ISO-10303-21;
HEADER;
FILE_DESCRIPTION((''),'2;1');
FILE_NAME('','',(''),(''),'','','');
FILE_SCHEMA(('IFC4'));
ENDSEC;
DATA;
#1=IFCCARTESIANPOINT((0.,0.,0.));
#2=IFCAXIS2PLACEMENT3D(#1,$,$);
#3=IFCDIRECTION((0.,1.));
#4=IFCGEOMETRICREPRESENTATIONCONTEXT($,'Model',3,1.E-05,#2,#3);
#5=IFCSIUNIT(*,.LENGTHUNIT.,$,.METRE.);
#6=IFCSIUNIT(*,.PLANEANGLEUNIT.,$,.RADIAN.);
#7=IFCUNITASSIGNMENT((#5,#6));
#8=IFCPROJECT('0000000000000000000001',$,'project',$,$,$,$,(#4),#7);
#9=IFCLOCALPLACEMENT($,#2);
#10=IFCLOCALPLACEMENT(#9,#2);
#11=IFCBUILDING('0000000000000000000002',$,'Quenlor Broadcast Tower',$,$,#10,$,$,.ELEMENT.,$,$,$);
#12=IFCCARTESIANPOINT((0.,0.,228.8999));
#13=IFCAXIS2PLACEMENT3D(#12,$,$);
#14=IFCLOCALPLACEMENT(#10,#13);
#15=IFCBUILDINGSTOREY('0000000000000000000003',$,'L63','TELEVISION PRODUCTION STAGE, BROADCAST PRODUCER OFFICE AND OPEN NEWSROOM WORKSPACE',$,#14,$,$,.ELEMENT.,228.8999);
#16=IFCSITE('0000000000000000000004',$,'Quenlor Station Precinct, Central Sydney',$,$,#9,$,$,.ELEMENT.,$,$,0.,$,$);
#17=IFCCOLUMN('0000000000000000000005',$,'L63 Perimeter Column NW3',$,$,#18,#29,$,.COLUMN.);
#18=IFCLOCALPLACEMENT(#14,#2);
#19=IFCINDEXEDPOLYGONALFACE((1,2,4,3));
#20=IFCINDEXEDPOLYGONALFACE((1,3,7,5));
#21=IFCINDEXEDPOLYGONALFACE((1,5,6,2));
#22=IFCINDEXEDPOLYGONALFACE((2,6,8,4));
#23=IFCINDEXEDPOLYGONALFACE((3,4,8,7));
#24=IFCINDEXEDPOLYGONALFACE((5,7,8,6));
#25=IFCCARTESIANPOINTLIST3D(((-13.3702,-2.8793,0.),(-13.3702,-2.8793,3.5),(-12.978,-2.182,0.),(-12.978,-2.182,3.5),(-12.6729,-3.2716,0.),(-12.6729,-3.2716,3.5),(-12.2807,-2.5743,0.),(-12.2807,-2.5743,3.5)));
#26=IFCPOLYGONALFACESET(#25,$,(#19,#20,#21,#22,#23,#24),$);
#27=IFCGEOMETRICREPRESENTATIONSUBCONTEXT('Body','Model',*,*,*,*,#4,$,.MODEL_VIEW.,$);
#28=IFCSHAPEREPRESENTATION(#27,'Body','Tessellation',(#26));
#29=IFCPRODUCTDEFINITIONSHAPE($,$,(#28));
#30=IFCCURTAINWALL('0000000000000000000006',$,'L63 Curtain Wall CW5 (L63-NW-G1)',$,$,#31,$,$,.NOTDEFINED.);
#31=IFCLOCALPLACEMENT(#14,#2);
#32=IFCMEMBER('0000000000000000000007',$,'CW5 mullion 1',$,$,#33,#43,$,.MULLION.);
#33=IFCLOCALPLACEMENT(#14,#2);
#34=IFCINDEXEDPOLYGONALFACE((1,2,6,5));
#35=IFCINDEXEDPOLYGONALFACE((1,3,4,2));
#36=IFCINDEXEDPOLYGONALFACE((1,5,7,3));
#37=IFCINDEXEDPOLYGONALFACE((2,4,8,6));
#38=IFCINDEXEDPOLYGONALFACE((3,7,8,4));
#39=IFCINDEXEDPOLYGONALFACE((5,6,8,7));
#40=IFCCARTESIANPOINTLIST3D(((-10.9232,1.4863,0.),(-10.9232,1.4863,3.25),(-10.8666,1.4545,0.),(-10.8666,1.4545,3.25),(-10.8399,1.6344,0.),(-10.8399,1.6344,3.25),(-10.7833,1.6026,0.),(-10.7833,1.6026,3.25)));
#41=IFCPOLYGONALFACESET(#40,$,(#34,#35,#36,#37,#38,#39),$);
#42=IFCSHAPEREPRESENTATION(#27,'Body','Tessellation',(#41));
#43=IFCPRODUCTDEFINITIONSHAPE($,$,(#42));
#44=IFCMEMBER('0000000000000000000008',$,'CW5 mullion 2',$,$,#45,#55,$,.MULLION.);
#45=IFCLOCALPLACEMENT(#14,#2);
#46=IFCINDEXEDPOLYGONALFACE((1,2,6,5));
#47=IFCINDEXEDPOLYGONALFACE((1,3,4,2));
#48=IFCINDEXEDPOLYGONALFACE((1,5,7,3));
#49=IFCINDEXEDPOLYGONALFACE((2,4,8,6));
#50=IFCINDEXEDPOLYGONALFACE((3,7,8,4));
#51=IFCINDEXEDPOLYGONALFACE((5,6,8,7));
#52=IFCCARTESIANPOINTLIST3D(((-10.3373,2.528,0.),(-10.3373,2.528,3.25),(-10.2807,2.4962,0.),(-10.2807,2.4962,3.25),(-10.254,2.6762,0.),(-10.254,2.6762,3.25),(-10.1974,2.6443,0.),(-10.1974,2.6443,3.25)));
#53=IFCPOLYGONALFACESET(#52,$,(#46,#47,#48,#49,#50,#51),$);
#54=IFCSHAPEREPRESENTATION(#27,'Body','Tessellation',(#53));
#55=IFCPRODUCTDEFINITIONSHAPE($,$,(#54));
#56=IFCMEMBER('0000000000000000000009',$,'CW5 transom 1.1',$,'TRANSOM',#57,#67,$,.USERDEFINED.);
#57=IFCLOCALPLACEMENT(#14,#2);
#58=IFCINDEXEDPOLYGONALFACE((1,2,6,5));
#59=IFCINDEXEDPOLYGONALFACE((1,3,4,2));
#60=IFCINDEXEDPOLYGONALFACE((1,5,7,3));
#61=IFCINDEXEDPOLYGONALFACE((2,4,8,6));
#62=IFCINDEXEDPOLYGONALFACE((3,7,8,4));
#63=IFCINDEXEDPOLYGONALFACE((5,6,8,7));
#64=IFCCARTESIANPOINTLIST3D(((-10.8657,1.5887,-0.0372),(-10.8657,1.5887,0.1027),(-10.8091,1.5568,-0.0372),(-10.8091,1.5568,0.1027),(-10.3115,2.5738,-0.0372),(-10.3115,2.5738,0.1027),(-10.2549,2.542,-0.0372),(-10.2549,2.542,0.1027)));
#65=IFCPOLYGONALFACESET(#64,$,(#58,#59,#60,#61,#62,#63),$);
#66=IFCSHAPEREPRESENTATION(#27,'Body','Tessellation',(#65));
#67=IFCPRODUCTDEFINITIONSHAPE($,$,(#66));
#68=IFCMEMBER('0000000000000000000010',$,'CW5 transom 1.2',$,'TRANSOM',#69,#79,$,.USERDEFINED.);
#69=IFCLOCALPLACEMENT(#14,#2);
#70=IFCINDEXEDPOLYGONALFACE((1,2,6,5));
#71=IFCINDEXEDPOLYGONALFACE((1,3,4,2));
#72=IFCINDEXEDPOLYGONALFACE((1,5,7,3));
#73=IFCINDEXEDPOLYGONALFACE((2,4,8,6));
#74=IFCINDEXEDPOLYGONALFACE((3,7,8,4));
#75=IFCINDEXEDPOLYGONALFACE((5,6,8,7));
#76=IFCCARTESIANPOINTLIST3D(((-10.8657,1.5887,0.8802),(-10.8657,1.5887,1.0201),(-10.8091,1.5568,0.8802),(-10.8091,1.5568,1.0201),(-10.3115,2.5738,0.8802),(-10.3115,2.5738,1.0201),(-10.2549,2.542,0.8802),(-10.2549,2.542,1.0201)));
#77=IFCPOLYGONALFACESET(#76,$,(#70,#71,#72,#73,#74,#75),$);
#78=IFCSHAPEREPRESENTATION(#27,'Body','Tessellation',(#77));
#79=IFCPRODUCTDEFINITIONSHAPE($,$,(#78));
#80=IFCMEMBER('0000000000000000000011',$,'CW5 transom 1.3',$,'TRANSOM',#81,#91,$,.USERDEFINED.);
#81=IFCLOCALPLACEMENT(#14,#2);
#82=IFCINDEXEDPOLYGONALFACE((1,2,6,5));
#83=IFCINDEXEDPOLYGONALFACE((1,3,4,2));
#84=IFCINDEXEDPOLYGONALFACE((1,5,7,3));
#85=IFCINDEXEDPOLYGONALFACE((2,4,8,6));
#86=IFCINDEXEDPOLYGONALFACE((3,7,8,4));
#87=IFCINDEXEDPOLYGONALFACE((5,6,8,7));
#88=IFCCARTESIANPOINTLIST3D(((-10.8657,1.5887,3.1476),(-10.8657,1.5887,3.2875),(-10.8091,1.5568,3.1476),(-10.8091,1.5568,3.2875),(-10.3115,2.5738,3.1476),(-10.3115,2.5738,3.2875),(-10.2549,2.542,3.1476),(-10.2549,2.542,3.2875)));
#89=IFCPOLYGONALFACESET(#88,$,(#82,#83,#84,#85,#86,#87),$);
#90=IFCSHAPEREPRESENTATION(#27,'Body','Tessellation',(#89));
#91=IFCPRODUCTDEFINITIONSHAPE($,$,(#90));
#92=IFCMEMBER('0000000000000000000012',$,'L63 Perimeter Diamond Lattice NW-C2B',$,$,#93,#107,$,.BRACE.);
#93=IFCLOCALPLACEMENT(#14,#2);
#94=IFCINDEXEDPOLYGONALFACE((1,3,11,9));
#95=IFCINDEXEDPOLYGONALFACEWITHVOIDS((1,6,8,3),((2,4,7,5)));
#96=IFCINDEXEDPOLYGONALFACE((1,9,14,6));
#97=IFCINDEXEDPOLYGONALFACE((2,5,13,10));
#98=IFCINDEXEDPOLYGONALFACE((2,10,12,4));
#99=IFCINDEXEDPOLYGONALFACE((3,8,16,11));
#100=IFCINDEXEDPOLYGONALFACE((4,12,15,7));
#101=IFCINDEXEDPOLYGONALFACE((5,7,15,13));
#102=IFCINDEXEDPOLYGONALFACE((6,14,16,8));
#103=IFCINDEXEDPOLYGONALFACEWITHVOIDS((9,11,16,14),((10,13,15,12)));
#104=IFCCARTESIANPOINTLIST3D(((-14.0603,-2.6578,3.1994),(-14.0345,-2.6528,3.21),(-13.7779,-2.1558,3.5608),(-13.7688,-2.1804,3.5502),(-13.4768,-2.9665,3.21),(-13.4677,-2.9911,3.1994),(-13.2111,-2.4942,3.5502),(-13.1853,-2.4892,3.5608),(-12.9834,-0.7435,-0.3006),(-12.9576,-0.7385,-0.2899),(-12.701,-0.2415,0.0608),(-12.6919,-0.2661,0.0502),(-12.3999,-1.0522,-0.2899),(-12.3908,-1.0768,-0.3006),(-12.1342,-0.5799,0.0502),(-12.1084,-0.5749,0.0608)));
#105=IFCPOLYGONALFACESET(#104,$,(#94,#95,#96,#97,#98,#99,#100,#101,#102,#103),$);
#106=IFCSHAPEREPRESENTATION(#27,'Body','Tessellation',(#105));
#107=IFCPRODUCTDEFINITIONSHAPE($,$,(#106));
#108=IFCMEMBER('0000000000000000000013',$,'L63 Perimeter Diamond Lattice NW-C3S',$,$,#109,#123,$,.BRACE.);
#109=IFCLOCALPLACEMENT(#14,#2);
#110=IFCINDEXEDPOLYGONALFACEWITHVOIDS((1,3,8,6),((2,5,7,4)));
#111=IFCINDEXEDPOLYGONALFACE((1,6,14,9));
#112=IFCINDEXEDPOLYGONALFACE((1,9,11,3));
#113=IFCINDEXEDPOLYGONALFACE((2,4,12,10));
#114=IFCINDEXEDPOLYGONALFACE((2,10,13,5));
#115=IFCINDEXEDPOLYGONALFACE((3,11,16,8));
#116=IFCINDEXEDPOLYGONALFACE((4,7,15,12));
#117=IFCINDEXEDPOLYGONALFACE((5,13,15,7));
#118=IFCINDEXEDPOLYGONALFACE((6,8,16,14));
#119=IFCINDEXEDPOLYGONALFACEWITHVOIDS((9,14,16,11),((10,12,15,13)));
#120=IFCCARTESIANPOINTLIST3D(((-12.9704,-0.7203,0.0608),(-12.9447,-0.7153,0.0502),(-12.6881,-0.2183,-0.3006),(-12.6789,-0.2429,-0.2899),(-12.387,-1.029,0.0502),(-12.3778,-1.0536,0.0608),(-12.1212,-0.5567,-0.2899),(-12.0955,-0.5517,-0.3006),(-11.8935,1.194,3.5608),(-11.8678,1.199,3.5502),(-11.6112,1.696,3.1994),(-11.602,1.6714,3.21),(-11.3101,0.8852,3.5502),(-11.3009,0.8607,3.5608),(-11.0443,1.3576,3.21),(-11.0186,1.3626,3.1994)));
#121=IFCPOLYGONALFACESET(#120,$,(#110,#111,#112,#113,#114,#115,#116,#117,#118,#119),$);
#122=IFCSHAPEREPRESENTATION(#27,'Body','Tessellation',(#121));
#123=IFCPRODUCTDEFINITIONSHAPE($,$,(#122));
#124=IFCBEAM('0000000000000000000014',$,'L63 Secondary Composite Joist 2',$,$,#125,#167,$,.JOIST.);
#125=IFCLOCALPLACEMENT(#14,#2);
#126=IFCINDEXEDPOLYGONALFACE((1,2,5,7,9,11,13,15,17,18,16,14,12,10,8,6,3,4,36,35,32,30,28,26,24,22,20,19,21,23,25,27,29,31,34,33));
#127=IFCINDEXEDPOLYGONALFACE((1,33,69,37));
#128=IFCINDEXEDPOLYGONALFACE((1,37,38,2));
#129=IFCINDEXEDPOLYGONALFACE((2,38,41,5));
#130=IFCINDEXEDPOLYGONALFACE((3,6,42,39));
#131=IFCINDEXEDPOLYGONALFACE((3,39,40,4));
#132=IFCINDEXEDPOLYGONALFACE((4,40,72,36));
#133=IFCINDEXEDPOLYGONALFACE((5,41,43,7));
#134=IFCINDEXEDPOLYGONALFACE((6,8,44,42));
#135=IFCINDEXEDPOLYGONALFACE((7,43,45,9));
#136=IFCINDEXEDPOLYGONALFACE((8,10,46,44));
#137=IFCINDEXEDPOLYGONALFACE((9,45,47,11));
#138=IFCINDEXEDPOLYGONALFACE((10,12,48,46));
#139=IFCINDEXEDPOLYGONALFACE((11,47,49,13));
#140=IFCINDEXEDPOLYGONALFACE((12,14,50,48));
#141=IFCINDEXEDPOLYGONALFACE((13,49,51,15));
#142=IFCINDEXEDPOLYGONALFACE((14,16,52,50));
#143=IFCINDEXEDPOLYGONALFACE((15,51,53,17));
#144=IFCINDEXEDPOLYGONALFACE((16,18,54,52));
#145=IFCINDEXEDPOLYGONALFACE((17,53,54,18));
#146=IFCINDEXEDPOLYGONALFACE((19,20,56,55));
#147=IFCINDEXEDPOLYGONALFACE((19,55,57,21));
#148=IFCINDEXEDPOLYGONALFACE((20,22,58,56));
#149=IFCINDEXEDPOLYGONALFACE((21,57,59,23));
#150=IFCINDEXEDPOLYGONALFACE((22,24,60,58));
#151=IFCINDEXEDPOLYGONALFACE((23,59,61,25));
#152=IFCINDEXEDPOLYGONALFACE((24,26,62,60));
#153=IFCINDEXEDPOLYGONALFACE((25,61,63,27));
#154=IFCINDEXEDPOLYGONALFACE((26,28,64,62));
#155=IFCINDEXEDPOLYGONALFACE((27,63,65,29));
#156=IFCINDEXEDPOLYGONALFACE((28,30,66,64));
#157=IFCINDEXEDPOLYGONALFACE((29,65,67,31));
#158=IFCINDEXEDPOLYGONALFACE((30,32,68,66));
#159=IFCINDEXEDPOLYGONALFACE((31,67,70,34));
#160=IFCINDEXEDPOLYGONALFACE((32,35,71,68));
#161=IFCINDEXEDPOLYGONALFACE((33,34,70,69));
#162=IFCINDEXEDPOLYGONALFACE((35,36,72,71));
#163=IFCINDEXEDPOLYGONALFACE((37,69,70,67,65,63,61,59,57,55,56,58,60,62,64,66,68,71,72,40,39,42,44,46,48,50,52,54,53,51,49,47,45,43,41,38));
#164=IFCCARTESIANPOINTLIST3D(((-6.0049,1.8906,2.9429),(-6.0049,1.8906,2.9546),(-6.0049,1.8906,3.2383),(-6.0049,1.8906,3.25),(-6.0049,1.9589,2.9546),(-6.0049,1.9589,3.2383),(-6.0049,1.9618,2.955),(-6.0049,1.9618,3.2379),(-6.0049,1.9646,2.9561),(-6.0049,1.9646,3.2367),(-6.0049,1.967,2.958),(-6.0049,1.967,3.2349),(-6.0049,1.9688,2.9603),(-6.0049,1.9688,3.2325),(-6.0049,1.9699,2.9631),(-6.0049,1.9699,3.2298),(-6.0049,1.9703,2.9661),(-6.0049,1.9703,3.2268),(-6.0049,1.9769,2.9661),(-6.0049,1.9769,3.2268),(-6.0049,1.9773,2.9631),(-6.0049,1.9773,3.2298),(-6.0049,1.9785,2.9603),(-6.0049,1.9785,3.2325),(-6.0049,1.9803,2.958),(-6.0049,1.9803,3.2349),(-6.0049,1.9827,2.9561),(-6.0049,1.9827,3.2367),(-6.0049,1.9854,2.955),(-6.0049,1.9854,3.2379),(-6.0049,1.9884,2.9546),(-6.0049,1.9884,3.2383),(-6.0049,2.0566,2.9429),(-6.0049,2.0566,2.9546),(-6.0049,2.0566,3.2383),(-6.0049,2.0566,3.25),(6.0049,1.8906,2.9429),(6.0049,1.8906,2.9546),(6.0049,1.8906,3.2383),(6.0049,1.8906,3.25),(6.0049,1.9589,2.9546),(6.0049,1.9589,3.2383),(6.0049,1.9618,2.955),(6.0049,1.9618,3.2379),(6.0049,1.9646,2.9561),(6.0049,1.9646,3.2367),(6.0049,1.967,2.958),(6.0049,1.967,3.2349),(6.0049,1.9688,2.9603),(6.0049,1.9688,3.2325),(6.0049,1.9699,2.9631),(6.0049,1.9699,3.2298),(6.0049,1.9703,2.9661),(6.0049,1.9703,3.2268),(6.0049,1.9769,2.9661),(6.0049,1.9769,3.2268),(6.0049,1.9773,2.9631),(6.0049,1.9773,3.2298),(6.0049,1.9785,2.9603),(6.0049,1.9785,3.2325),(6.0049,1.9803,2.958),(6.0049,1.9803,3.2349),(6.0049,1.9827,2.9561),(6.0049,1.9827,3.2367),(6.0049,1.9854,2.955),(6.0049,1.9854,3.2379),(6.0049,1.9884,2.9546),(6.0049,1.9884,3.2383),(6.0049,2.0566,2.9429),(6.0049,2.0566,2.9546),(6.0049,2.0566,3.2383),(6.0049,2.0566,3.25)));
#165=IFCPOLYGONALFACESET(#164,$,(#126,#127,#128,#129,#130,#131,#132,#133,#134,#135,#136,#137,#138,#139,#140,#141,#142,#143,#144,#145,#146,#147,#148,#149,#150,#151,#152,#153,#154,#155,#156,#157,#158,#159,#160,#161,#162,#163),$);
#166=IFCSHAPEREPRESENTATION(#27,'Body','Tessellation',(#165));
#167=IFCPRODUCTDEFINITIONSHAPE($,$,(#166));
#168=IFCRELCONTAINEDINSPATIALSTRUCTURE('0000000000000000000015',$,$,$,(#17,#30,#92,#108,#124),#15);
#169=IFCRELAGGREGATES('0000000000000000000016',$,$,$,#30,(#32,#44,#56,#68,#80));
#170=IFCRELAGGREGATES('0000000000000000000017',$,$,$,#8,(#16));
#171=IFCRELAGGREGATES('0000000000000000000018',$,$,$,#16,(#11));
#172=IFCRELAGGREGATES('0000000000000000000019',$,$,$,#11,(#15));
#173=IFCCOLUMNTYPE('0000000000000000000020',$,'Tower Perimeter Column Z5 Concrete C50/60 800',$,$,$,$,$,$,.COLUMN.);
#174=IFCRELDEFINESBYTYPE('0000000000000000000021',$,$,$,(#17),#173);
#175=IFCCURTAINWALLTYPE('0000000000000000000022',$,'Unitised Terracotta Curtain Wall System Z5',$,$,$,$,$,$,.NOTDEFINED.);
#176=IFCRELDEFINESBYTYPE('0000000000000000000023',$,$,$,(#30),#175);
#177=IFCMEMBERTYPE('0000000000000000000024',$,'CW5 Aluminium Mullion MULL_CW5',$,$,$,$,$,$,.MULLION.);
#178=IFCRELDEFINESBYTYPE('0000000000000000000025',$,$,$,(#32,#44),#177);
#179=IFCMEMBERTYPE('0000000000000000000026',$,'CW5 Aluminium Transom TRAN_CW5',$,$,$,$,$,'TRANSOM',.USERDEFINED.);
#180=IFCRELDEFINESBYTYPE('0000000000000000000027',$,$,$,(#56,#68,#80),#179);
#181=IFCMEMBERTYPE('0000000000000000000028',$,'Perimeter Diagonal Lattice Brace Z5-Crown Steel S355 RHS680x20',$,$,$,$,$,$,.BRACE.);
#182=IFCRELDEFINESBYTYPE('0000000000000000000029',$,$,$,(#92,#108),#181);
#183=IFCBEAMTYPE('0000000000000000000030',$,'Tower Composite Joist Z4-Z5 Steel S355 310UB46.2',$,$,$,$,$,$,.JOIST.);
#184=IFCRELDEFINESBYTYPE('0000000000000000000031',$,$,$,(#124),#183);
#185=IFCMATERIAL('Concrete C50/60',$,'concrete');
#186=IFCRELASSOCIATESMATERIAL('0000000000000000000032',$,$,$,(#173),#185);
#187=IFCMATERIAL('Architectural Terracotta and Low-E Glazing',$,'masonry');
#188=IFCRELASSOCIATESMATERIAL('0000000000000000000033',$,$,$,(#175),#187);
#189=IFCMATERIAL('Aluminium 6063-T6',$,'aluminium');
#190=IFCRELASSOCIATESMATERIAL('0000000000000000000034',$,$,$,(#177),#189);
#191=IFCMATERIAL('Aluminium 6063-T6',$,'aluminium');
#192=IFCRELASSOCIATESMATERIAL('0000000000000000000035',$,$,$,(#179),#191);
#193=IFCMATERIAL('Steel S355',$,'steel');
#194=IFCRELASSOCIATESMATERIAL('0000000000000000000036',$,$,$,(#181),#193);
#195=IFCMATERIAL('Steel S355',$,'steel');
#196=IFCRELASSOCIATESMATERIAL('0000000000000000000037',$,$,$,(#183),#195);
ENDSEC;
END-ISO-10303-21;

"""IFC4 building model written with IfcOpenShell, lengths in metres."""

from ifc_helpers import new_model, si_unit, direction, frame, origin, origin_2d, place, context, subcontext, project, spatial, rectangle, hollow_rectangle, i_section, extrude, material, material_profile, profile_set, type_object, element, aggregate, save


model = new_model("IFC4")

# Units and contexts
model_context = context("Model", 3, precision=1e-05, world=origin(), true_north=direction((0.0, 1.0)))
body_context = subcontext(model_context, "Body", "Model", "MODEL_VIEW")
ifc_project = project(units=[si_unit("LENGTHUNIT", "METRE"), si_unit("PLANEANGLEUNIT", "RADIAN")], contexts=[model_context])

# Site, building, storey
site_placement = place(None, origin())
site = spatial("IfcSite", under=ifc_project, at=site_placement, Name="Quenlor Station Precinct, Central Sydney", CompositionType="ELEMENT", RefElevation=0.0)
building_placement = place(site_placement, origin())
building = spatial("IfcBuilding", under=site, at=building_placement, Name="Quenlor Broadcast Tower", CompositionType="ELEMENT")
storey_placement = place(building_placement, frame((0.0, 0.0, 228.8999)))
storey = spatial("IfcBuildingStorey", under=building, at=storey_placement, Name="L63", Description="TELEVISION PRODUCTION STAGE, BROADCAST PRODUCER OFFICE AND OPEN NEWSROOM WORKSPACE", CompositionType="ELEMENT", Elevation=228.8999)

# Column
ifc_material_1 = material(Name="Concrete C50/60", Category="concrete")
ifc_material_profile_1 = material_profile(ifc_material_1, rectangle(XDim=0.8, YDim=0.8, at=origin_2d()))
ifc_profile_set_1 = profile_set([ifc_material_profile_1], Name="Concrete C50/60 RC800x800")
column_type = type_object("IfcColumnType", Name="Tower Perimeter Column Z5 Concrete C50/60 800", PredefinedType="COLUMN", material=ifc_profile_set_1)
column_placement = place(storey_placement, frame((-12.8254, -2.7268, 0.0), z_axis=(0.0, 0.0, 1.0), x_axis=(-0.871575, 0.490262, 0.0)))
element("IfcColumn", 1, at=column_placement, inside=storey, type_object=column_type, Name="L63 Perimeter Column NW3", PredefinedType="COLUMN", context=body_context, shape_type="SweptSolid", body=[
    extrude(rectangle(XDim=0.8, YDim=0.8, at=origin_2d()), origin(), (0.0, 0.0, 1.0), 3.5),
])

# Curtain wall, members
ifc_material_2 = material(Name="Architectural Terracotta and Low-E Glazing", Category="masonry")
curtain_wall_type = type_object("IfcCurtainWallType", Name="Unitised Terracotta Curtain Wall System Z5", PredefinedType="NOTDEFINED", material=ifc_material_2)
curtain_wall_placement = place(storey_placement, origin())
curtain_wall = element("IfcCurtainWall", 2, at=curtain_wall_placement, inside=storey, type_object=curtain_wall_type, Name="L63 Curtain Wall CW5 (L63-NW-G1)", PredefinedType="NOTDEFINED")
ifc_material_3 = material(Name="Aluminium 6063-T6", Category="aluminium")
ifc_material_profile_2 = material_profile(ifc_material_3, rectangle(XDim=0.0649, YDim=0.1699, at=origin_2d()))
ifc_profile_set_2 = profile_set([ifc_material_profile_2], Name="Aluminium 6063-T6 MULL65x170")
member_type_1 = type_object("IfcMemberType", Name="CW5 Aluminium Mullion MULL_CW5", PredefinedType="MULLION", material=ifc_profile_set_2)
member_1_placement = place(storey_placement, frame((-10.8533, 1.5444, 0.0), z_axis=(0.0, 0.0, 1.0), x_axis=(-0.871592, 0.490231, 0.0)))
member_1 = element("IfcMember", 3, at=member_1_placement, type_object=member_type_1, Name="CW5 mullion 1", PredefinedType="MULLION", context=body_context, shape_type="SweptSolid", body=[
    extrude(rectangle(XDim=0.0649, YDim=0.1699, at=origin_2d()), origin(), (0.0, 0.0, 1.0), 3.25),
])
member_2_placement = place(storey_placement, frame((-10.2673, 2.5862, 0.0), z_axis=(0.0, 0.0, 1.0), x_axis=(-0.871592, 0.490231, 0.0)))
member_2 = element("IfcMember", 4, at=member_2_placement, type_object=member_type_1, Name="CW5 mullion 2", PredefinedType="MULLION", context=body_context, shape_type="SweptSolid", body=[
    extrude(rectangle(XDim=0.0649, YDim=0.1699, at=origin_2d()), origin(), (0.0, 0.0, 1.0), 3.25),
])
ifc_material_4 = material(Name="Aluminium 6063-T6", Category="aluminium")
ifc_material_profile_3 = material_profile(ifc_material_4, rectangle(XDim=0.0649, YDim=0.1399, at=origin_2d()))
ifc_profile_set_3 = profile_set([ifc_material_profile_3], Name="Aluminium 6063-T6 TRAN65x140")
member_type_2 = type_object("IfcMemberType", Name="CW5 Aluminium Transom TRAN_CW5", ElementType="TRANSOM", PredefinedType="USERDEFINED", material=ifc_profile_set_3)
member_3_placement = place(storey_placement, frame((-10.8374, 1.5728, 0.0327), z_axis=(0.490313, 0.871547, 0.0), x_axis=(-0.871547, 0.490313, 0.0)))
member_3 = element("IfcMember", 5, at=member_3_placement, type_object=member_type_2, Name="CW5 transom 1.1", ObjectType="TRANSOM", PredefinedType="USERDEFINED", context=body_context, shape_type="SweptSolid", body=[
    extrude(rectangle(XDim=0.0649, YDim=0.1399, at=origin_2d()), origin(), (0.0, 0.0, 1.0), 1.1304),
])
member_4_placement = place(storey_placement, frame((-10.8374, 1.5728, 0.9502), z_axis=(0.490313, 0.871547, 0.0), x_axis=(-0.871547, 0.490313, 0.0)))
member_4 = element("IfcMember", 6, at=member_4_placement, type_object=member_type_2, Name="CW5 transom 1.2", ObjectType="TRANSOM", PredefinedType="USERDEFINED", context=body_context, shape_type="SweptSolid", body=[
    extrude(rectangle(XDim=0.0649, YDim=0.1399, at=origin_2d()), origin(), (0.0, 0.0, 1.0), 1.1304),
])
member_5_placement = place(storey_placement, frame((-10.8374, 1.5728, 3.2175), z_axis=(0.490313, 0.871547, 0.0), x_axis=(-0.871547, 0.490313, 0.0)))
member_5 = element("IfcMember", 7, at=member_5_placement, type_object=member_type_2, Name="CW5 transom 1.3", ObjectType="TRANSOM", PredefinedType="USERDEFINED", context=body_context, shape_type="SweptSolid", body=[
    extrude(rectangle(XDim=0.0649, YDim=0.1399, at=origin_2d()), origin(), (0.0, 0.0, 1.0), 1.1304),
])

# Members
ifc_material_5 = material(Name="Steel S355", Category="steel")
ifc_material_profile_4 = material_profile(ifc_material_5, hollow_rectangle(XDim=0.6799, YDim=0.6799, WallThickness=0.02, at=origin_2d()))
ifc_profile_set_4 = profile_set([ifc_material_profile_4], Name="Steel S355 RHS680x680x20")
member_type_3 = type_object("IfcMemberType", Name="Perimeter Diagonal Lattice Brace Z5-Crown Steel S355 RHS680x20", PredefinedType="BRACE", material=ifc_profile_set_4)
for number, where, z_axis, x_axis, name in (
    (8, (-12.5459, -0.6592, -0.1199), (-0.260619, -0.463276, 0.847026), (0.871555, -0.490298, 0.0), "L63 Perimeter Diamond Lattice NW-C2B"),
    (9, (-12.533, -0.636, -0.1199), (0.260619, 0.463276, 0.847026), (-0.871555, 0.490298, 0.0), "L63 Perimeter Diamond Lattice NW-C3S"),
):
    element("IfcMember", number, at=place(storey_placement, frame(where, z_axis=z_axis, x_axis=x_axis)), inside=storey, type_object=member_type_3, Name=name, PredefinedType="BRACE", context=body_context, shape_type="SweptSolid", body=[
        extrude(hollow_rectangle(XDim=0.6799, YDim=0.6799, WallThickness=0.02, at=origin_2d()), origin(), (0.0, 0.0, 1.0), 4.1321),
    ])

# Beam
ifc_material_6 = material(Name="Steel S355", Category="steel")
ifc_material_profile_5 = material_profile(ifc_material_6, i_section(OverallWidth=0.166, OverallDepth=0.3071, WebThickness=0.0066, FlangeThickness=0.0117, FilletRadius=0.0115, at=origin_2d()))
ifc_profile_set_5 = profile_set([ifc_material_profile_5], Name="Steel S355 310UB46.2")
beam_type = type_object("IfcBeamType", Name="Tower Composite Joist Z4-Z5 Steel S355 310UB46.2", PredefinedType="JOIST", material=ifc_profile_set_5)
beam_1_placement = place(storey_placement, frame((-6.0049, 1.9736, 3.0964), z_axis=(1.0, 0.0, 0.0), x_axis=(0.0, 1.0, 0.0)))
element("IfcBeam", 10, at=beam_1_placement, inside=storey, type_object=beam_type, Name="L63 Secondary Composite Joist 2", PredefinedType="JOIST", context=body_context, shape_type="SweptSolid", body=[
    extrude(i_section(OverallWidth=0.166, OverallDepth=0.3071, WebThickness=0.0066, FlangeThickness=0.0117, FilletRadius=0.0115, at=origin_2d()), origin(), (0.0, 0.0, 1.0), 12.0098),
])

aggregate(curtain_wall, [member_1, member_2, member_3, member_4, member_5])

save(model, "model.ifc")
